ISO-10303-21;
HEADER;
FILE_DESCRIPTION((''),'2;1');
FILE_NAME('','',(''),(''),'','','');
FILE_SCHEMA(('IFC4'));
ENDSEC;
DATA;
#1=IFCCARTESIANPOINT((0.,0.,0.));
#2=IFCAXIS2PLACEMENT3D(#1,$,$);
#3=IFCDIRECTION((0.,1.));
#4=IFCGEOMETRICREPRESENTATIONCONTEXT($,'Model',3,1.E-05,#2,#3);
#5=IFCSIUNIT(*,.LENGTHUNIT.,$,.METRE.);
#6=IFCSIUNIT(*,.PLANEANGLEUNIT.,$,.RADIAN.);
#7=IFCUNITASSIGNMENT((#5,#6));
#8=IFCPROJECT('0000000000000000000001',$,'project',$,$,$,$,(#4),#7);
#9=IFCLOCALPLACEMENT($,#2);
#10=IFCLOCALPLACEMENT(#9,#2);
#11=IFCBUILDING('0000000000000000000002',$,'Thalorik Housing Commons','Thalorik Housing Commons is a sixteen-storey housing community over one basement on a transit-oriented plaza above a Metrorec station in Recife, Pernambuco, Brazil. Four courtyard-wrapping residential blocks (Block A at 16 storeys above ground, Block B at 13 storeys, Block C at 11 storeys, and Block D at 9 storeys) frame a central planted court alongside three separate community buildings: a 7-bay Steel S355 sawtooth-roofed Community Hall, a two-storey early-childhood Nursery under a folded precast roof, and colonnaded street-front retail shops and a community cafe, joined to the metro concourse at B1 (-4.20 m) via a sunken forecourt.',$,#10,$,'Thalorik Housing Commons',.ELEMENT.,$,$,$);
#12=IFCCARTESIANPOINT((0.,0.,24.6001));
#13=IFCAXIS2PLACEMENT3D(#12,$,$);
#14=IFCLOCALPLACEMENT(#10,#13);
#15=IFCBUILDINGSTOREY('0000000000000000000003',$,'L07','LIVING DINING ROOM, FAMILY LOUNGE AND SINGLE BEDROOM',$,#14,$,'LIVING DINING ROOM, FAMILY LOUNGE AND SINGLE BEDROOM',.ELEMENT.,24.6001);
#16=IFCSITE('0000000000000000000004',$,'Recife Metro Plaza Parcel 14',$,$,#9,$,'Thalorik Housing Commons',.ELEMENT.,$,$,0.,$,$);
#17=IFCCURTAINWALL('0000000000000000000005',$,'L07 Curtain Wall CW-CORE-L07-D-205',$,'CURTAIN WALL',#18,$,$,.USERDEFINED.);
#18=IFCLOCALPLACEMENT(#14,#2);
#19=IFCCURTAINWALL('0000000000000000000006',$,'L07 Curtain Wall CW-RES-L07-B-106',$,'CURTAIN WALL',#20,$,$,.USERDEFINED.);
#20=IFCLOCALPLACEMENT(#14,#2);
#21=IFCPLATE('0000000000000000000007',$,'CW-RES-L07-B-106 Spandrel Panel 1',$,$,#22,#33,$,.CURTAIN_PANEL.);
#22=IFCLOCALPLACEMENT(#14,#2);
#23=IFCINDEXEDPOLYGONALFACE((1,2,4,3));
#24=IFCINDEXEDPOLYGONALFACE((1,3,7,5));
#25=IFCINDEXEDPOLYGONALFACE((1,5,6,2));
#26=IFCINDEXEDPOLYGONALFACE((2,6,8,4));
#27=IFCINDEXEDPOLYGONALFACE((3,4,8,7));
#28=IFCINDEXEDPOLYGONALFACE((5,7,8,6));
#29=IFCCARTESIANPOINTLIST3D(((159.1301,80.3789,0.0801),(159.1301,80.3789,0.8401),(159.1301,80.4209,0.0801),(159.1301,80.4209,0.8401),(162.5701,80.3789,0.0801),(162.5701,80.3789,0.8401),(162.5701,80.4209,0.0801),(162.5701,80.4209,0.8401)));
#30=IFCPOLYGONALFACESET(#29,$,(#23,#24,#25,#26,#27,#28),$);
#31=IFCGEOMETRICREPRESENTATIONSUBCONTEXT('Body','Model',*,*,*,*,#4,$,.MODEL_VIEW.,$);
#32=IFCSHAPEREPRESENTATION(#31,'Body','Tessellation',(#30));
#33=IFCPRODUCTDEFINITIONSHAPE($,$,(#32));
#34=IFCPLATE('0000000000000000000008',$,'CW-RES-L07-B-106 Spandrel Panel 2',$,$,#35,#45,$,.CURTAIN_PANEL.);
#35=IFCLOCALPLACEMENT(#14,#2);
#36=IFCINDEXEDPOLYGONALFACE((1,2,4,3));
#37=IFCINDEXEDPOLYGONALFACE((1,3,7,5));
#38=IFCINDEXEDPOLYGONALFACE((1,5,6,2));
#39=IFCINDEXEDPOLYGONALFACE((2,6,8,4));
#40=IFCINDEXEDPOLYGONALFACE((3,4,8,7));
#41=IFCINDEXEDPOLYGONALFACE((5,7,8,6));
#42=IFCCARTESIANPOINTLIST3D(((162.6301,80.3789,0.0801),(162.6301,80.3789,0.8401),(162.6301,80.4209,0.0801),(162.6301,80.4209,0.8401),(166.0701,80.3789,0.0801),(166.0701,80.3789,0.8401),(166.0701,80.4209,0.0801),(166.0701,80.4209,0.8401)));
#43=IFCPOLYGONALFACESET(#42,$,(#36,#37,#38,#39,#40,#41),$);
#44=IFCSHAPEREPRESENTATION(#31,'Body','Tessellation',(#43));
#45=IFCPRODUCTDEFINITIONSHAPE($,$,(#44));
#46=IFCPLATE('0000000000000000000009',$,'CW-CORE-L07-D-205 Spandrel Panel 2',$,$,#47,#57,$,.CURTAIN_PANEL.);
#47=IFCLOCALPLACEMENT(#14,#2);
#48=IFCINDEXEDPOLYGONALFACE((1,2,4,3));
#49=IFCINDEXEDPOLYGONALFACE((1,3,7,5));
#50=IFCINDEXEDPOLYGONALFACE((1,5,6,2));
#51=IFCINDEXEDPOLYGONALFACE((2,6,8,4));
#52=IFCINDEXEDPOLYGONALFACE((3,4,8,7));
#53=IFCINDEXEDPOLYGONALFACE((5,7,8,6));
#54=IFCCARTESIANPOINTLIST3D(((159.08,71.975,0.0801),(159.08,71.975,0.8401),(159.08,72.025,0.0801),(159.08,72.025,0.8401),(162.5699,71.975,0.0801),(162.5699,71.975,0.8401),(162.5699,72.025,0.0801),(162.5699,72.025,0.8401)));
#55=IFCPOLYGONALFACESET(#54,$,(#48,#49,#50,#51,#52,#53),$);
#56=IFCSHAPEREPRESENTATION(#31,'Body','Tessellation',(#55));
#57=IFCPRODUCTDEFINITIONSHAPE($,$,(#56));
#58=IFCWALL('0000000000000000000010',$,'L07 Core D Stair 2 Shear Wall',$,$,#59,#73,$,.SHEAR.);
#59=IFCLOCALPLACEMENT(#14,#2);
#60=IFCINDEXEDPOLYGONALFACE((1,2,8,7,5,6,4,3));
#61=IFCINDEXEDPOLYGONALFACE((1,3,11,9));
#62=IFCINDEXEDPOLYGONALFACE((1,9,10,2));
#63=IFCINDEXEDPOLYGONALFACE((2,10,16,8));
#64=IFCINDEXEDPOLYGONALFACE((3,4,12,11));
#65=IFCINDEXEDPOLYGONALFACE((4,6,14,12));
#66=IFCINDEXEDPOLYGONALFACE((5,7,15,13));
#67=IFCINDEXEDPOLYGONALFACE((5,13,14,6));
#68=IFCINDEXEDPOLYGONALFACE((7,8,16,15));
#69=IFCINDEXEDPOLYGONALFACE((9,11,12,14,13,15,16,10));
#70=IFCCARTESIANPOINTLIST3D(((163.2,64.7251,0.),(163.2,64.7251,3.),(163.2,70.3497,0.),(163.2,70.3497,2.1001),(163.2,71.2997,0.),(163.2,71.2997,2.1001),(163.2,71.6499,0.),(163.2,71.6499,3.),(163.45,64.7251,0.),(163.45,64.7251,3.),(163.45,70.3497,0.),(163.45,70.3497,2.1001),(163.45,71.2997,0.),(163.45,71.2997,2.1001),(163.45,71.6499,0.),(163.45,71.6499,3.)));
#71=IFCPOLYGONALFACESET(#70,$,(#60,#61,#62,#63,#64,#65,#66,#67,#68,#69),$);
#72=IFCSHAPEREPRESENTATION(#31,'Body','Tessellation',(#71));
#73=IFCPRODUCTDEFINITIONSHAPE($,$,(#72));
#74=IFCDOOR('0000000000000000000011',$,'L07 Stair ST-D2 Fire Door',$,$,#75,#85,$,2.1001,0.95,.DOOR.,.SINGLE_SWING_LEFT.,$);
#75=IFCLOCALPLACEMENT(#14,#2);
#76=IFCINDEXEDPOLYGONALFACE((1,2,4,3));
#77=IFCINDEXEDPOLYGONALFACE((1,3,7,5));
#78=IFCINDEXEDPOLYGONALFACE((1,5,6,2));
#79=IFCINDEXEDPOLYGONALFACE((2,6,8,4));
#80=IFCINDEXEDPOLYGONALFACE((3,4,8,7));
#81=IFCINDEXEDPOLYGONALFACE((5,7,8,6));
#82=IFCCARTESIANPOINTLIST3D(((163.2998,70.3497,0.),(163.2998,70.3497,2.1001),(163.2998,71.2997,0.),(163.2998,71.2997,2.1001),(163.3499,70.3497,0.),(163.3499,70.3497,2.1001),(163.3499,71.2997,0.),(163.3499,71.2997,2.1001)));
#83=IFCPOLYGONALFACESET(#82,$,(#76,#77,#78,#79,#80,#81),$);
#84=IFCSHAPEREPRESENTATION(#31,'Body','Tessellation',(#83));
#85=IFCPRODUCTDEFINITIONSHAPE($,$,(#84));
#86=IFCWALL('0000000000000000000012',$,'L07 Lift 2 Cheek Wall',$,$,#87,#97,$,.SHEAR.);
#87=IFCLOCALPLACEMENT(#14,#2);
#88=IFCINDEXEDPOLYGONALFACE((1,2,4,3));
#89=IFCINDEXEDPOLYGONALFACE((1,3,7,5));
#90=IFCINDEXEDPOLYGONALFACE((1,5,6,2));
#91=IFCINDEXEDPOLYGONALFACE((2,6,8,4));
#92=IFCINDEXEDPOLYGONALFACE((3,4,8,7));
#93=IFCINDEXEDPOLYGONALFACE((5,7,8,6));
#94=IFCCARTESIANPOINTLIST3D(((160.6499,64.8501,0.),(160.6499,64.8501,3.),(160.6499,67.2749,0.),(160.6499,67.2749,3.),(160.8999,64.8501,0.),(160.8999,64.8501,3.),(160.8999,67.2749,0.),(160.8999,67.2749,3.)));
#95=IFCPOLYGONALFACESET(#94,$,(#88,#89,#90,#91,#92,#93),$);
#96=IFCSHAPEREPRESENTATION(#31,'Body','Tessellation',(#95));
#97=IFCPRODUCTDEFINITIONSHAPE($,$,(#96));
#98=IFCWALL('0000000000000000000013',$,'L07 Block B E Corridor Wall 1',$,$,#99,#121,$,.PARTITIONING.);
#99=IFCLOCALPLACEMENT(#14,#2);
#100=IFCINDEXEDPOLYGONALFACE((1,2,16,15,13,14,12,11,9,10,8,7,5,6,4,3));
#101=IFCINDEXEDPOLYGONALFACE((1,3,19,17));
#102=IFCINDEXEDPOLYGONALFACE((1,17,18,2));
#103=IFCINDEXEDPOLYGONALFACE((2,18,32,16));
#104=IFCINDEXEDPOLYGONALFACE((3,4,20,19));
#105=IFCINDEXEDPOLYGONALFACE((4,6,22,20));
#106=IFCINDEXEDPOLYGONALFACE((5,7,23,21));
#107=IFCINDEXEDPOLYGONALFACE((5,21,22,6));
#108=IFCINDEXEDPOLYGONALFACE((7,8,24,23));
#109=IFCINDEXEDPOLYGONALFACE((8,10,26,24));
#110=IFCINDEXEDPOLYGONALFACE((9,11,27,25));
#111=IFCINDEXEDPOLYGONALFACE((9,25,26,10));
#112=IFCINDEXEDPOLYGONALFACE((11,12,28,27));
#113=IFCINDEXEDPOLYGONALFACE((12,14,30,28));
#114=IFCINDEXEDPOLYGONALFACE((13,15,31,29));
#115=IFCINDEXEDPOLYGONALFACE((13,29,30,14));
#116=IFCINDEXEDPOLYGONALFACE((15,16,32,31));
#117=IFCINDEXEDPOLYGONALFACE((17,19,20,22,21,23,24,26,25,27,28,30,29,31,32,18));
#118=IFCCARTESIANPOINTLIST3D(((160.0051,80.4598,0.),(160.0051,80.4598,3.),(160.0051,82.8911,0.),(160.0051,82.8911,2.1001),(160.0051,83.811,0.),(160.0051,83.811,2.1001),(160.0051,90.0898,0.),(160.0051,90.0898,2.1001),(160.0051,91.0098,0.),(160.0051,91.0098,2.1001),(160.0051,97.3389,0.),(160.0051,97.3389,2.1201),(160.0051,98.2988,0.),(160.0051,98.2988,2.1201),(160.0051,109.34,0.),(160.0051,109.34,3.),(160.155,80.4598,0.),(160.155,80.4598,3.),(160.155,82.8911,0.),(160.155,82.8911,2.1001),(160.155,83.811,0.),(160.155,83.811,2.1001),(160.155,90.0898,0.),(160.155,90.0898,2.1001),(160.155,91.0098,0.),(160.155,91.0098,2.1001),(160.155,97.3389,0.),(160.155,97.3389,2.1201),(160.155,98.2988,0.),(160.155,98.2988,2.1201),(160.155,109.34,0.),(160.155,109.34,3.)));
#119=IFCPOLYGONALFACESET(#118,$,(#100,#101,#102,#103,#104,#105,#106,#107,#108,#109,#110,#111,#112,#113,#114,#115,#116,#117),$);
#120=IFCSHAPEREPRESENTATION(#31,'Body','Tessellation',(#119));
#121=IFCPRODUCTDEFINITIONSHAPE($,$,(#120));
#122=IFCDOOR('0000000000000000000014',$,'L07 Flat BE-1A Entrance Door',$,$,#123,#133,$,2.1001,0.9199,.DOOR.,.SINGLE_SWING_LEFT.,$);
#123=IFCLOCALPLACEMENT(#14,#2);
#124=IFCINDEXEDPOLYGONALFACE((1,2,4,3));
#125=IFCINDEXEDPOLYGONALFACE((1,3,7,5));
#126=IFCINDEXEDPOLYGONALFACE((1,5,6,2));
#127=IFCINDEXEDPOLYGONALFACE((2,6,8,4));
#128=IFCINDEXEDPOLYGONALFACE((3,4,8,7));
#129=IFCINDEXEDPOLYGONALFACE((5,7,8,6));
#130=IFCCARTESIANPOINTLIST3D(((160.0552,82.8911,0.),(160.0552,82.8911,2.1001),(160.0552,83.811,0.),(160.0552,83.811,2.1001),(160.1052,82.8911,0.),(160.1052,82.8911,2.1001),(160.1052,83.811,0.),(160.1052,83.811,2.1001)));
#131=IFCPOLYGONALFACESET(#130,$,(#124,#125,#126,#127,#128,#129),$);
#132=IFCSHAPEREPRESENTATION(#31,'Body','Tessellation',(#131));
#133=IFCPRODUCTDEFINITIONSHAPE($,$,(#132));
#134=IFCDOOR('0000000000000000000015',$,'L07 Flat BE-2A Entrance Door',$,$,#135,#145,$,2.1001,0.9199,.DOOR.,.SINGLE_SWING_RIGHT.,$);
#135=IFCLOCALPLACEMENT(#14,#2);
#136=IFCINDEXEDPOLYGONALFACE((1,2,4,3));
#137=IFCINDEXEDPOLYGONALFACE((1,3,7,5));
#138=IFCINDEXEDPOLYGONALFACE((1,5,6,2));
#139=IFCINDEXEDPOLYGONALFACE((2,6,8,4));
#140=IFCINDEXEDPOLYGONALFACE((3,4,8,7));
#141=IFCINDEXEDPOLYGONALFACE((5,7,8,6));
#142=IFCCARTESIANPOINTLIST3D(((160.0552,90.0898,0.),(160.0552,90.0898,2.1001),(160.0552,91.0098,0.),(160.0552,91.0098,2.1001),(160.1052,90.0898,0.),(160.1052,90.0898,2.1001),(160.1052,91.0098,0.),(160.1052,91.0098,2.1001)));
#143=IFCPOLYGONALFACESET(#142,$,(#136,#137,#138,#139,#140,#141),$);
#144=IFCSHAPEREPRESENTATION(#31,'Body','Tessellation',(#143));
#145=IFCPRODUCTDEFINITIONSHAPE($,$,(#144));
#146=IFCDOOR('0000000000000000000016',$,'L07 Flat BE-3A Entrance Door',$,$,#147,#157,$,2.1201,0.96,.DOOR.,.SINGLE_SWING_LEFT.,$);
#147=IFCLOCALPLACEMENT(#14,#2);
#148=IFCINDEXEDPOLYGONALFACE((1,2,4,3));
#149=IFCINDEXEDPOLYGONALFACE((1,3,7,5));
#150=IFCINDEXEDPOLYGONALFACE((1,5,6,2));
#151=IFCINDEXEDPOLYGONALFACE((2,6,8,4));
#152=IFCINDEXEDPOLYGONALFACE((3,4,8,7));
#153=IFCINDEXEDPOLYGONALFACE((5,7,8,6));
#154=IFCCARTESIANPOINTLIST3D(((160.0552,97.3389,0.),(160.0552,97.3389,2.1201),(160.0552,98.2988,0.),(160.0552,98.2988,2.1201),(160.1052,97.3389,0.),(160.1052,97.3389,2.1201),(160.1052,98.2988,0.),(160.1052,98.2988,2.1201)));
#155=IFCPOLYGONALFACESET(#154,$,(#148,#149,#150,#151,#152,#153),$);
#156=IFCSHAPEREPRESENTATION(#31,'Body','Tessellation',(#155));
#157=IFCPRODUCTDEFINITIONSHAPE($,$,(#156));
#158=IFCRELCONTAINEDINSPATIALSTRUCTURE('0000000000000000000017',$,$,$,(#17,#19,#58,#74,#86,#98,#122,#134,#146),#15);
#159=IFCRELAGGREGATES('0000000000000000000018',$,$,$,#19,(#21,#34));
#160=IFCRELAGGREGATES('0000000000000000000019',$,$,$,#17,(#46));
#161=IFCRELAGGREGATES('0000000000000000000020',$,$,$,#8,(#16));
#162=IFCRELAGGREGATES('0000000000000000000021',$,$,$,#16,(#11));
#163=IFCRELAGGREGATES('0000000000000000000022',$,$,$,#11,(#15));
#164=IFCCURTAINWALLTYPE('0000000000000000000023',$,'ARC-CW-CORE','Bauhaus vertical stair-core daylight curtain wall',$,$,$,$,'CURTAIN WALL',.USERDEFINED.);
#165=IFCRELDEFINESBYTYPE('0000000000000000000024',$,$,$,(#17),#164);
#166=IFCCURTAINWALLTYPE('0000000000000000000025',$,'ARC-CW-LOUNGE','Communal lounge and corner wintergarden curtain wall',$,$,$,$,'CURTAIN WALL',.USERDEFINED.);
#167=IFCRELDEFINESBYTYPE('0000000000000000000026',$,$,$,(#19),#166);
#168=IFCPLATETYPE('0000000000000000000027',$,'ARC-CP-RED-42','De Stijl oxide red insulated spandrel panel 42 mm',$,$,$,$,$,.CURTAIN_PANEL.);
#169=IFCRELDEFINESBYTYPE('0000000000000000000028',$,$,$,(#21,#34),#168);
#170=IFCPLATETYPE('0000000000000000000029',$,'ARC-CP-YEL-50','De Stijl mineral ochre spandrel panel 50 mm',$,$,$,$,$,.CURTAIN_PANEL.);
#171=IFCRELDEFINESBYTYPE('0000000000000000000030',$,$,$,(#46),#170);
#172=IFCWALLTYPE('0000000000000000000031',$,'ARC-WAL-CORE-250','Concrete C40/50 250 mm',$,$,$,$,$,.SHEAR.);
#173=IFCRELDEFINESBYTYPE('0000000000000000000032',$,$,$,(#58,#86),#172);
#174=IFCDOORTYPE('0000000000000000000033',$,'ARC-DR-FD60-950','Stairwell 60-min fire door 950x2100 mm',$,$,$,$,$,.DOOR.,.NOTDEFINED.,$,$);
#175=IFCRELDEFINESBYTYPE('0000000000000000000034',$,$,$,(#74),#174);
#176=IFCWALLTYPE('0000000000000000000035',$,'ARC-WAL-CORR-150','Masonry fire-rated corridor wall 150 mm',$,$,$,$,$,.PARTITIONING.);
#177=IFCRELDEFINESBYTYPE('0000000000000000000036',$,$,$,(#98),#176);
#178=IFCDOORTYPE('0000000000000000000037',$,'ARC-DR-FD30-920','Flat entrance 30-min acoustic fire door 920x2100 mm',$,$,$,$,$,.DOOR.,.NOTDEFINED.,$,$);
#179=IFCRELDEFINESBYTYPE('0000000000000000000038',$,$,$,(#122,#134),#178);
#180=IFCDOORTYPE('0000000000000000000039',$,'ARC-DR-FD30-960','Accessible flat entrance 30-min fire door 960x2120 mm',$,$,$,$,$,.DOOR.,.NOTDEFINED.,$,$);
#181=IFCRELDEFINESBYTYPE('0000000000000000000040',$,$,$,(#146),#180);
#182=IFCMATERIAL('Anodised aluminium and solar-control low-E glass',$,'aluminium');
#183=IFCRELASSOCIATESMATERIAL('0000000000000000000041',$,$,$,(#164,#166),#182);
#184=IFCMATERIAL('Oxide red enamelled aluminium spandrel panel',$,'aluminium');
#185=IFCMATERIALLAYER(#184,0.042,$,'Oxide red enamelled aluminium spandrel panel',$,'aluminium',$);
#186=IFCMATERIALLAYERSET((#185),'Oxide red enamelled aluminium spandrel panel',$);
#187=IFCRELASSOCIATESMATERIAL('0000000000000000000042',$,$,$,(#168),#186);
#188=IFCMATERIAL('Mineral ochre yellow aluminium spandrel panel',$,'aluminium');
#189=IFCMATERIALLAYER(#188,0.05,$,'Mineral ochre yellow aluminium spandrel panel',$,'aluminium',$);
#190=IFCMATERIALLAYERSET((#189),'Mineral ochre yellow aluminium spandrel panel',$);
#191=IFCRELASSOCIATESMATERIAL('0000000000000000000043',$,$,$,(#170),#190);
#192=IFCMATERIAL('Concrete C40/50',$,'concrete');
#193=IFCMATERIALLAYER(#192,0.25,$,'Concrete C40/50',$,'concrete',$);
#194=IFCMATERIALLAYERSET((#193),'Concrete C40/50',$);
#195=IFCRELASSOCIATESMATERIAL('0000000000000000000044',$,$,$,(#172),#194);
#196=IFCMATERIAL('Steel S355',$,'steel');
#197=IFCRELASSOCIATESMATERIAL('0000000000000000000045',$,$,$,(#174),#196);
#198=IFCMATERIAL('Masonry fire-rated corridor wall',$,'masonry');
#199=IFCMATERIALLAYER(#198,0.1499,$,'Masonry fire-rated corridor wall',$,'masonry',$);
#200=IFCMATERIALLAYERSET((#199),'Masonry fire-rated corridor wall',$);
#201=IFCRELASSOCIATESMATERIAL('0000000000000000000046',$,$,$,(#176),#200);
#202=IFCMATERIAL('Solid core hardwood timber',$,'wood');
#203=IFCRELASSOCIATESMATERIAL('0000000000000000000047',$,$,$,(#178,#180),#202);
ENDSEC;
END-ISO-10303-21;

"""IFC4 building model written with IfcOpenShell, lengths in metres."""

from ifc_helpers import new_model, si_unit, direction, frame, frame_2d, origin, origin_2d, place, context, subcontext, project, spatial, rectangle, extrude, material, layer, layer_set, type_object, element, fill, aggregate, save


model = new_model("IFC4")

# Units and contexts
model_context = context("Model", 3, precision=1e-05, world=origin(), true_north=direction((0.0, 1.0)))
body_context = subcontext(model_context, "Body", "Model", "MODEL_VIEW")
ifc_project = project(units=[si_unit("LENGTHUNIT", "METRE"), si_unit("PLANEANGLEUNIT", "RADIAN")], contexts=[model_context])

# Site, building, storey
site_placement = place(None, origin())
site = spatial("IfcSite", under=ifc_project, at=site_placement, Name="Recife Metro Plaza Parcel 14", LongName="Thalorik Housing Commons", CompositionType="ELEMENT", RefElevation=0.0)
building_placement = place(site_placement, origin())
building = spatial("IfcBuilding", under=site, at=building_placement, Name="Thalorik Housing Commons", Description="Thalorik Housing Commons is a sixteen-storey housing community over one basement on a transit-oriented plaza above a Metrorec station in Recife, Pernambuco, Brazil. Four courtyard-wrapping residential blocks (Block A at 16 storeys above ground, Block B at 13 storeys, Block C at 11 storeys, and Block D at 9 storeys) frame a central planted court alongside three separate community buildings: a 7-bay Steel S355 sawtooth-roofed Community Hall, a two-storey early-childhood Nursery under a folded precast roof, and colonnaded street-front retail shops and a community cafe, joined to the metro concourse at B1 (-4.20 m) via a sunken forecourt.", LongName="Thalorik Housing Commons", CompositionType="ELEMENT")
storey_placement = place(building_placement, frame((0.0, 0.0, 24.6001)))
storey = spatial("IfcBuildingStorey", under=building, at=storey_placement, Name="L07", Description="LIVING DINING ROOM, FAMILY LOUNGE AND SINGLE BEDROOM", LongName="LIVING DINING ROOM, FAMILY LOUNGE AND SINGLE BEDROOM", CompositionType="ELEMENT", Elevation=24.6001)

# Curtain walls
ifc_material_1 = material(Name="Anodised aluminium and solar-control low-E glass", Category="aluminium")
curtain_wall_type_1 = type_object("IfcCurtainWallType", Name="ARC-CW-CORE", Description="Bauhaus vertical stair-core daylight curtain wall", ElementType="CURTAIN WALL", PredefinedType="USERDEFINED", material=ifc_material_1)
curtain_wall_1_placement = place(storey_placement, origin())
curtain_wall_1 = element("IfcCurtainWall", 1, at=curtain_wall_1_placement, inside=storey, type_object=curtain_wall_type_1, Name="L07 Curtain Wall CW-CORE-L07-D-205", ObjectType="CURTAIN WALL", PredefinedType="USERDEFINED")
curtain_wall_type_2 = type_object("IfcCurtainWallType", Name="ARC-CW-LOUNGE", Description="Communal lounge and corner wintergarden curtain wall", ElementType="CURTAIN WALL", PredefinedType="USERDEFINED", material=ifc_material_1)
curtain_wall_2_placement = place(storey_placement, origin())
curtain_wall_2 = element("IfcCurtainWall", 2, at=curtain_wall_2_placement, inside=storey, type_object=curtain_wall_type_2, Name="L07 Curtain Wall CW-RES-L07-B-106", ObjectType="CURTAIN WALL", PredefinedType="USERDEFINED")

# Plates
ifc_material_2 = material(Name="Oxide red enamelled aluminium spandrel panel", Category="aluminium")
ifc_layer_1 = layer(ifc_material_2, 0.042, Name="Oxide red enamelled aluminium spandrel panel", Category="aluminium")
ifc_layer_set_1 = layer_set([ifc_layer_1], Name="Oxide red enamelled aluminium spandrel panel")
plate_type_1 = type_object("IfcPlateType", Name="ARC-CP-RED-42", Description="De Stijl oxide red insulated spandrel panel 42 mm", PredefinedType="CURTAIN_PANEL", material=ifc_layer_set_1)
plate_1_placement = place(storey_placement, frame((160.8501, 80.3999, 0.0801), z_axis=(0.0, 0.0, 1.0), x_axis=(1.0, 0.0, 0.0)))
plate_1 = element("IfcPlate", 3, at=plate_1_placement, type_object=plate_type_1, Name="CW-RES-L07-B-106 Spandrel Panel 1", PredefinedType="CURTAIN_PANEL", context=body_context, shape_type="SweptSolid", body=[
    extrude(rectangle(XDim=3.4399, YDim=0.042, at=origin_2d()), origin(), (0.0, 0.0, 1.0), 0.76),
])
plate_2_placement = place(storey_placement, frame((164.3501, 80.3999, 0.0801), z_axis=(0.0, 0.0, 1.0), x_axis=(1.0, 0.0, 0.0)))
plate_2 = element("IfcPlate", 4, at=plate_2_placement, type_object=plate_type_1, Name="CW-RES-L07-B-106 Spandrel Panel 2", PredefinedType="CURTAIN_PANEL", context=body_context, shape_type="SweptSolid", body=[
    extrude(rectangle(XDim=3.4399, YDim=0.042, at=origin_2d()), origin(), (0.0, 0.0, 1.0), 0.76),
])
aggregate(curtain_wall_2, [plate_1, plate_2])
ifc_material_3 = material(Name="Mineral ochre yellow aluminium spandrel panel", Category="aluminium")
ifc_layer_2 = layer(ifc_material_3, 0.05, Name="Mineral ochre yellow aluminium spandrel panel", Category="aluminium")
ifc_layer_set_2 = layer_set([ifc_layer_2], Name="Mineral ochre yellow aluminium spandrel panel")
plate_type_2 = type_object("IfcPlateType", Name="ARC-CP-YEL-50", Description="De Stijl mineral ochre spandrel panel 50 mm", PredefinedType="CURTAIN_PANEL", material=ifc_layer_set_2)
plate_3_placement = place(storey_placement, frame((160.825, 72.0, 0.0801), z_axis=(0.0, 0.0, 1.0), x_axis=(-1.0, 0.0, 0.0)))
plate_3 = element("IfcPlate", 5, at=plate_3_placement, type_object=plate_type_2, Name="CW-CORE-L07-D-205 Spandrel Panel 2", PredefinedType="CURTAIN_PANEL", context=body_context, shape_type="SweptSolid", body=[
    extrude(rectangle(XDim=3.49, YDim=0.05, at=origin_2d()), origin(), (0.0, 0.0, 1.0), 0.76),
])
aggregate(curtain_wall_1, [plate_3])

# Wall, opening, door
ifc_material_4 = material(Name="Concrete C40/50", Category="concrete")
ifc_layer_3 = layer(ifc_material_4, 0.25, Name="Concrete C40/50", Category="concrete")
ifc_layer_set_3 = layer_set([ifc_layer_3], Name="Concrete C40/50")
wall_type_1 = type_object("IfcWallType", Name="ARC-WAL-CORE-250", Description="Concrete C40/50 250 mm", PredefinedType="SHEAR", material=ifc_layer_set_3)
wall_1_placement = place(storey_placement, frame((163.325, 71.6499, 0.0), z_axis=(0.0, 0.0, 1.0), x_axis=(0.0, -1.0, 0.0)))
wall_1 = element("IfcWall", 6, at=wall_1_placement, inside=storey, type_object=wall_type_1, Name="L07 Core D Stair 2 Shear Wall", PredefinedType="SHEAR", context=body_context, shape_type="SweptSolid", body=[
    extrude(rectangle(XDim=6.9248, YDim=0.25, at=frame_2d((3.4624, 0.0))), origin(), (0.0, 0.0, 1.0), 3.0),
])
opening_1_placement = place(wall_1_placement, frame((0.3501, 0.0, 0.0)))
opening_1 = element("IfcOpeningElement", 7, at=opening_1_placement, cuts=wall_1, PredefinedType="OPENING", context=body_context, shape_type="SweptSolid", body=[
    extrude(rectangle(XDim=0.95, YDim=2.1001, at=frame_2d((0.4751, 1.05))), frame((0.0, 0.135, 0.0), z_axis=(0.0, -1.0, 0.0), x_axis=(1.0, 0.0, 0.0)), (0.0, 0.0, 1.0), 0.27),
])
ifc_material_5 = material(Name="Steel S355", Category="steel")
door_type_1 = type_object("IfcDoorType", Name="ARC-DR-FD60-950", Description="Stairwell 60-min fire door 950x2100 mm", OperationType="NOTDEFINED", PredefinedType="DOOR", material=ifc_material_5)
door_1_placement = place(opening_1_placement, origin())
door_1 = element("IfcDoor", 8, at=door_1_placement, inside=storey, type_object=door_type_1, Name="L07 Stair ST-D2 Fire Door", OperationType="SINGLE_SWING_LEFT", OverallHeight=2.1001, OverallWidth=0.95, PredefinedType="DOOR", context=body_context, shape_type="SweptSolid", body=[
    extrude(rectangle(XDim=0.95, YDim=2.1001, at=frame_2d((0.4751, 1.05))), frame((0.0, 0.0249, 0.0), z_axis=(0.0, -1.0, 0.0), x_axis=(1.0, 0.0, 0.0)), (0.0, 0.0, 1.0), 0.05),
])
fill(opening_1, door_1)

# Wall
wall_2_placement = place(storey_placement, frame((160.7749, 67.2749, 0.0), z_axis=(0.0, 0.0, 1.0), x_axis=(0.0, -1.0, 0.0)))
element("IfcWall", 9, at=wall_2_placement, inside=storey, type_object=wall_type_1, Name="L07 Lift 2 Cheek Wall", PredefinedType="SHEAR", context=body_context, shape_type="SweptSolid", body=[
    extrude(rectangle(XDim=2.4248, YDim=0.25, at=frame_2d((1.2124, 0.0))), origin(), (0.0, 0.0, 1.0), 3.0),
])

# Wall, openings, doors
ifc_material_6 = material(Name="Masonry fire-rated corridor wall", Category="masonry")
ifc_layer_4 = layer(ifc_material_6, 0.1499, Name="Masonry fire-rated corridor wall", Category="masonry")
ifc_layer_set_4 = layer_set([ifc_layer_4], Name="Masonry fire-rated corridor wall")
wall_type_2 = type_object("IfcWallType", Name="ARC-WAL-CORR-150", Description="Masonry fire-rated corridor wall 150 mm", PredefinedType="PARTITIONING", material=ifc_layer_set_4)
wall_3_placement = place(storey_placement, frame((160.0801, 80.46, 0.0), z_axis=(0.0, 0.0, 1.0), x_axis=(0.0, 1.0, 0.0)))
wall_3 = element("IfcWall", 10, at=wall_3_placement, inside=storey, type_object=wall_type_2, Name="L07 Block B E Corridor Wall 1", PredefinedType="PARTITIONING", context=body_context, shape_type="SweptSolid", body=[
    extrude(rectangle(XDim=28.8801, YDim=0.1499, at=frame_2d((14.4399, 0.0))), origin(), (0.0, 0.0, 1.0), 3.0),
])
opening_2_placement = place(wall_3_placement, frame((2.4312, 0.0, 0.0)))
opening_2 = element("IfcOpeningElement", 11, at=opening_2_placement, cuts=wall_3, PredefinedType="OPENING", context=body_context, shape_type="SweptSolid", body=[
    extrude(rectangle(XDim=0.9199, YDim=2.1001, at=frame_2d((0.46, 1.05))), frame((0.0, 0.085, 0.0), z_axis=(0.0, -1.0, 0.0), x_axis=(1.0, 0.0, 0.0)), (0.0, 0.0, 1.0), 0.1699),
])
opening_3_placement = place(wall_3_placement, frame((9.6299, 0.0, 0.0)))
opening_3 = element("IfcOpeningElement", 12, at=opening_3_placement, cuts=wall_3, PredefinedType="OPENING", context=body_context, shape_type="SweptSolid", body=[
    extrude(rectangle(XDim=0.9199, YDim=2.1001, at=frame_2d((0.46, 1.05))), frame((0.0, 0.085, 0.0), z_axis=(0.0, -1.0, 0.0), x_axis=(1.0, 0.0, 0.0)), (0.0, 0.0, 1.0), 0.1699),
])
opening_4_placement = place(wall_3_placement, frame((16.8789, 0.0, 0.0)))
opening_4 = element("IfcOpeningElement", 13, at=opening_4_placement, cuts=wall_3, PredefinedType="OPENING", context=body_context, shape_type="SweptSolid", body=[
    extrude(rectangle(XDim=0.96, YDim=2.1201, at=frame_2d((0.48, 1.0601))), frame((0.0, 0.085, 0.0), z_axis=(0.0, -1.0, 0.0), x_axis=(1.0, 0.0, 0.0)), (0.0, 0.0, 1.0), 0.1699),
])
ifc_material_7 = material(Name="Solid core hardwood timber", Category="wood")
door_type_2 = type_object("IfcDoorType", Name="ARC-DR-FD30-920", Description="Flat entrance 30-min acoustic fire door 920x2100 mm", OperationType="NOTDEFINED", PredefinedType="DOOR", material=ifc_material_7)
door_2_placement = place(opening_2_placement, origin())
door_2 = element("IfcDoor", 14, at=door_2_placement, inside=storey, type_object=door_type_2, Name="L07 Flat BE-1A Entrance Door", OperationType="SINGLE_SWING_LEFT", OverallHeight=2.1001, OverallWidth=0.9199, PredefinedType="DOOR", context=body_context, shape_type="SweptSolid", body=[
    extrude(rectangle(XDim=0.9199, YDim=2.1001, at=frame_2d((0.46, 1.05))), frame((0.0, 0.0249, 0.0), z_axis=(0.0, -1.0, 0.0), x_axis=(1.0, 0.0, 0.0)), (0.0, 0.0, 1.0), 0.05),
])
fill(opening_2, door_2)
door_3_placement = place(opening_3_placement, origin())
door_3 = element("IfcDoor", 15, at=door_3_placement, inside=storey, type_object=door_type_2, Name="L07 Flat BE-2A Entrance Door", OperationType="SINGLE_SWING_RIGHT", OverallHeight=2.1001, OverallWidth=0.9199, PredefinedType="DOOR", context=body_context, shape_type="SweptSolid", body=[
    extrude(rectangle(XDim=0.9199, YDim=2.1001, at=frame_2d((0.46, 1.05))), frame((0.0, 0.0249, 0.0), z_axis=(0.0, -1.0, 0.0), x_axis=(1.0, 0.0, 0.0)), (0.0, 0.0, 1.0), 0.05),
])
fill(opening_3, door_3)
door_type_3 = type_object("IfcDoorType", Name="ARC-DR-FD30-960", Description="Accessible flat entrance 30-min fire door 960x2120 mm", OperationType="NOTDEFINED", PredefinedType="DOOR", material=ifc_material_7)
door_4_placement = place(opening_4_placement, origin())
door_4 = element("IfcDoor", 16, at=door_4_placement, inside=storey, type_object=door_type_3, Name="L07 Flat BE-3A Entrance Door", OperationType="SINGLE_SWING_LEFT", OverallHeight=2.1201, OverallWidth=0.96, PredefinedType="DOOR", context=body_context, shape_type="SweptSolid", body=[
    extrude(rectangle(XDim=0.96, YDim=2.1201, at=frame_2d((0.48, 1.0601))), frame((0.0, 0.0249, 0.0), z_axis=(0.0, -1.0, 0.0), x_axis=(1.0, 0.0, 0.0)), (0.0, 0.0, 1.0), 0.05),
])
fill(opening_4, door_4)

save(model, "model.ifc")
